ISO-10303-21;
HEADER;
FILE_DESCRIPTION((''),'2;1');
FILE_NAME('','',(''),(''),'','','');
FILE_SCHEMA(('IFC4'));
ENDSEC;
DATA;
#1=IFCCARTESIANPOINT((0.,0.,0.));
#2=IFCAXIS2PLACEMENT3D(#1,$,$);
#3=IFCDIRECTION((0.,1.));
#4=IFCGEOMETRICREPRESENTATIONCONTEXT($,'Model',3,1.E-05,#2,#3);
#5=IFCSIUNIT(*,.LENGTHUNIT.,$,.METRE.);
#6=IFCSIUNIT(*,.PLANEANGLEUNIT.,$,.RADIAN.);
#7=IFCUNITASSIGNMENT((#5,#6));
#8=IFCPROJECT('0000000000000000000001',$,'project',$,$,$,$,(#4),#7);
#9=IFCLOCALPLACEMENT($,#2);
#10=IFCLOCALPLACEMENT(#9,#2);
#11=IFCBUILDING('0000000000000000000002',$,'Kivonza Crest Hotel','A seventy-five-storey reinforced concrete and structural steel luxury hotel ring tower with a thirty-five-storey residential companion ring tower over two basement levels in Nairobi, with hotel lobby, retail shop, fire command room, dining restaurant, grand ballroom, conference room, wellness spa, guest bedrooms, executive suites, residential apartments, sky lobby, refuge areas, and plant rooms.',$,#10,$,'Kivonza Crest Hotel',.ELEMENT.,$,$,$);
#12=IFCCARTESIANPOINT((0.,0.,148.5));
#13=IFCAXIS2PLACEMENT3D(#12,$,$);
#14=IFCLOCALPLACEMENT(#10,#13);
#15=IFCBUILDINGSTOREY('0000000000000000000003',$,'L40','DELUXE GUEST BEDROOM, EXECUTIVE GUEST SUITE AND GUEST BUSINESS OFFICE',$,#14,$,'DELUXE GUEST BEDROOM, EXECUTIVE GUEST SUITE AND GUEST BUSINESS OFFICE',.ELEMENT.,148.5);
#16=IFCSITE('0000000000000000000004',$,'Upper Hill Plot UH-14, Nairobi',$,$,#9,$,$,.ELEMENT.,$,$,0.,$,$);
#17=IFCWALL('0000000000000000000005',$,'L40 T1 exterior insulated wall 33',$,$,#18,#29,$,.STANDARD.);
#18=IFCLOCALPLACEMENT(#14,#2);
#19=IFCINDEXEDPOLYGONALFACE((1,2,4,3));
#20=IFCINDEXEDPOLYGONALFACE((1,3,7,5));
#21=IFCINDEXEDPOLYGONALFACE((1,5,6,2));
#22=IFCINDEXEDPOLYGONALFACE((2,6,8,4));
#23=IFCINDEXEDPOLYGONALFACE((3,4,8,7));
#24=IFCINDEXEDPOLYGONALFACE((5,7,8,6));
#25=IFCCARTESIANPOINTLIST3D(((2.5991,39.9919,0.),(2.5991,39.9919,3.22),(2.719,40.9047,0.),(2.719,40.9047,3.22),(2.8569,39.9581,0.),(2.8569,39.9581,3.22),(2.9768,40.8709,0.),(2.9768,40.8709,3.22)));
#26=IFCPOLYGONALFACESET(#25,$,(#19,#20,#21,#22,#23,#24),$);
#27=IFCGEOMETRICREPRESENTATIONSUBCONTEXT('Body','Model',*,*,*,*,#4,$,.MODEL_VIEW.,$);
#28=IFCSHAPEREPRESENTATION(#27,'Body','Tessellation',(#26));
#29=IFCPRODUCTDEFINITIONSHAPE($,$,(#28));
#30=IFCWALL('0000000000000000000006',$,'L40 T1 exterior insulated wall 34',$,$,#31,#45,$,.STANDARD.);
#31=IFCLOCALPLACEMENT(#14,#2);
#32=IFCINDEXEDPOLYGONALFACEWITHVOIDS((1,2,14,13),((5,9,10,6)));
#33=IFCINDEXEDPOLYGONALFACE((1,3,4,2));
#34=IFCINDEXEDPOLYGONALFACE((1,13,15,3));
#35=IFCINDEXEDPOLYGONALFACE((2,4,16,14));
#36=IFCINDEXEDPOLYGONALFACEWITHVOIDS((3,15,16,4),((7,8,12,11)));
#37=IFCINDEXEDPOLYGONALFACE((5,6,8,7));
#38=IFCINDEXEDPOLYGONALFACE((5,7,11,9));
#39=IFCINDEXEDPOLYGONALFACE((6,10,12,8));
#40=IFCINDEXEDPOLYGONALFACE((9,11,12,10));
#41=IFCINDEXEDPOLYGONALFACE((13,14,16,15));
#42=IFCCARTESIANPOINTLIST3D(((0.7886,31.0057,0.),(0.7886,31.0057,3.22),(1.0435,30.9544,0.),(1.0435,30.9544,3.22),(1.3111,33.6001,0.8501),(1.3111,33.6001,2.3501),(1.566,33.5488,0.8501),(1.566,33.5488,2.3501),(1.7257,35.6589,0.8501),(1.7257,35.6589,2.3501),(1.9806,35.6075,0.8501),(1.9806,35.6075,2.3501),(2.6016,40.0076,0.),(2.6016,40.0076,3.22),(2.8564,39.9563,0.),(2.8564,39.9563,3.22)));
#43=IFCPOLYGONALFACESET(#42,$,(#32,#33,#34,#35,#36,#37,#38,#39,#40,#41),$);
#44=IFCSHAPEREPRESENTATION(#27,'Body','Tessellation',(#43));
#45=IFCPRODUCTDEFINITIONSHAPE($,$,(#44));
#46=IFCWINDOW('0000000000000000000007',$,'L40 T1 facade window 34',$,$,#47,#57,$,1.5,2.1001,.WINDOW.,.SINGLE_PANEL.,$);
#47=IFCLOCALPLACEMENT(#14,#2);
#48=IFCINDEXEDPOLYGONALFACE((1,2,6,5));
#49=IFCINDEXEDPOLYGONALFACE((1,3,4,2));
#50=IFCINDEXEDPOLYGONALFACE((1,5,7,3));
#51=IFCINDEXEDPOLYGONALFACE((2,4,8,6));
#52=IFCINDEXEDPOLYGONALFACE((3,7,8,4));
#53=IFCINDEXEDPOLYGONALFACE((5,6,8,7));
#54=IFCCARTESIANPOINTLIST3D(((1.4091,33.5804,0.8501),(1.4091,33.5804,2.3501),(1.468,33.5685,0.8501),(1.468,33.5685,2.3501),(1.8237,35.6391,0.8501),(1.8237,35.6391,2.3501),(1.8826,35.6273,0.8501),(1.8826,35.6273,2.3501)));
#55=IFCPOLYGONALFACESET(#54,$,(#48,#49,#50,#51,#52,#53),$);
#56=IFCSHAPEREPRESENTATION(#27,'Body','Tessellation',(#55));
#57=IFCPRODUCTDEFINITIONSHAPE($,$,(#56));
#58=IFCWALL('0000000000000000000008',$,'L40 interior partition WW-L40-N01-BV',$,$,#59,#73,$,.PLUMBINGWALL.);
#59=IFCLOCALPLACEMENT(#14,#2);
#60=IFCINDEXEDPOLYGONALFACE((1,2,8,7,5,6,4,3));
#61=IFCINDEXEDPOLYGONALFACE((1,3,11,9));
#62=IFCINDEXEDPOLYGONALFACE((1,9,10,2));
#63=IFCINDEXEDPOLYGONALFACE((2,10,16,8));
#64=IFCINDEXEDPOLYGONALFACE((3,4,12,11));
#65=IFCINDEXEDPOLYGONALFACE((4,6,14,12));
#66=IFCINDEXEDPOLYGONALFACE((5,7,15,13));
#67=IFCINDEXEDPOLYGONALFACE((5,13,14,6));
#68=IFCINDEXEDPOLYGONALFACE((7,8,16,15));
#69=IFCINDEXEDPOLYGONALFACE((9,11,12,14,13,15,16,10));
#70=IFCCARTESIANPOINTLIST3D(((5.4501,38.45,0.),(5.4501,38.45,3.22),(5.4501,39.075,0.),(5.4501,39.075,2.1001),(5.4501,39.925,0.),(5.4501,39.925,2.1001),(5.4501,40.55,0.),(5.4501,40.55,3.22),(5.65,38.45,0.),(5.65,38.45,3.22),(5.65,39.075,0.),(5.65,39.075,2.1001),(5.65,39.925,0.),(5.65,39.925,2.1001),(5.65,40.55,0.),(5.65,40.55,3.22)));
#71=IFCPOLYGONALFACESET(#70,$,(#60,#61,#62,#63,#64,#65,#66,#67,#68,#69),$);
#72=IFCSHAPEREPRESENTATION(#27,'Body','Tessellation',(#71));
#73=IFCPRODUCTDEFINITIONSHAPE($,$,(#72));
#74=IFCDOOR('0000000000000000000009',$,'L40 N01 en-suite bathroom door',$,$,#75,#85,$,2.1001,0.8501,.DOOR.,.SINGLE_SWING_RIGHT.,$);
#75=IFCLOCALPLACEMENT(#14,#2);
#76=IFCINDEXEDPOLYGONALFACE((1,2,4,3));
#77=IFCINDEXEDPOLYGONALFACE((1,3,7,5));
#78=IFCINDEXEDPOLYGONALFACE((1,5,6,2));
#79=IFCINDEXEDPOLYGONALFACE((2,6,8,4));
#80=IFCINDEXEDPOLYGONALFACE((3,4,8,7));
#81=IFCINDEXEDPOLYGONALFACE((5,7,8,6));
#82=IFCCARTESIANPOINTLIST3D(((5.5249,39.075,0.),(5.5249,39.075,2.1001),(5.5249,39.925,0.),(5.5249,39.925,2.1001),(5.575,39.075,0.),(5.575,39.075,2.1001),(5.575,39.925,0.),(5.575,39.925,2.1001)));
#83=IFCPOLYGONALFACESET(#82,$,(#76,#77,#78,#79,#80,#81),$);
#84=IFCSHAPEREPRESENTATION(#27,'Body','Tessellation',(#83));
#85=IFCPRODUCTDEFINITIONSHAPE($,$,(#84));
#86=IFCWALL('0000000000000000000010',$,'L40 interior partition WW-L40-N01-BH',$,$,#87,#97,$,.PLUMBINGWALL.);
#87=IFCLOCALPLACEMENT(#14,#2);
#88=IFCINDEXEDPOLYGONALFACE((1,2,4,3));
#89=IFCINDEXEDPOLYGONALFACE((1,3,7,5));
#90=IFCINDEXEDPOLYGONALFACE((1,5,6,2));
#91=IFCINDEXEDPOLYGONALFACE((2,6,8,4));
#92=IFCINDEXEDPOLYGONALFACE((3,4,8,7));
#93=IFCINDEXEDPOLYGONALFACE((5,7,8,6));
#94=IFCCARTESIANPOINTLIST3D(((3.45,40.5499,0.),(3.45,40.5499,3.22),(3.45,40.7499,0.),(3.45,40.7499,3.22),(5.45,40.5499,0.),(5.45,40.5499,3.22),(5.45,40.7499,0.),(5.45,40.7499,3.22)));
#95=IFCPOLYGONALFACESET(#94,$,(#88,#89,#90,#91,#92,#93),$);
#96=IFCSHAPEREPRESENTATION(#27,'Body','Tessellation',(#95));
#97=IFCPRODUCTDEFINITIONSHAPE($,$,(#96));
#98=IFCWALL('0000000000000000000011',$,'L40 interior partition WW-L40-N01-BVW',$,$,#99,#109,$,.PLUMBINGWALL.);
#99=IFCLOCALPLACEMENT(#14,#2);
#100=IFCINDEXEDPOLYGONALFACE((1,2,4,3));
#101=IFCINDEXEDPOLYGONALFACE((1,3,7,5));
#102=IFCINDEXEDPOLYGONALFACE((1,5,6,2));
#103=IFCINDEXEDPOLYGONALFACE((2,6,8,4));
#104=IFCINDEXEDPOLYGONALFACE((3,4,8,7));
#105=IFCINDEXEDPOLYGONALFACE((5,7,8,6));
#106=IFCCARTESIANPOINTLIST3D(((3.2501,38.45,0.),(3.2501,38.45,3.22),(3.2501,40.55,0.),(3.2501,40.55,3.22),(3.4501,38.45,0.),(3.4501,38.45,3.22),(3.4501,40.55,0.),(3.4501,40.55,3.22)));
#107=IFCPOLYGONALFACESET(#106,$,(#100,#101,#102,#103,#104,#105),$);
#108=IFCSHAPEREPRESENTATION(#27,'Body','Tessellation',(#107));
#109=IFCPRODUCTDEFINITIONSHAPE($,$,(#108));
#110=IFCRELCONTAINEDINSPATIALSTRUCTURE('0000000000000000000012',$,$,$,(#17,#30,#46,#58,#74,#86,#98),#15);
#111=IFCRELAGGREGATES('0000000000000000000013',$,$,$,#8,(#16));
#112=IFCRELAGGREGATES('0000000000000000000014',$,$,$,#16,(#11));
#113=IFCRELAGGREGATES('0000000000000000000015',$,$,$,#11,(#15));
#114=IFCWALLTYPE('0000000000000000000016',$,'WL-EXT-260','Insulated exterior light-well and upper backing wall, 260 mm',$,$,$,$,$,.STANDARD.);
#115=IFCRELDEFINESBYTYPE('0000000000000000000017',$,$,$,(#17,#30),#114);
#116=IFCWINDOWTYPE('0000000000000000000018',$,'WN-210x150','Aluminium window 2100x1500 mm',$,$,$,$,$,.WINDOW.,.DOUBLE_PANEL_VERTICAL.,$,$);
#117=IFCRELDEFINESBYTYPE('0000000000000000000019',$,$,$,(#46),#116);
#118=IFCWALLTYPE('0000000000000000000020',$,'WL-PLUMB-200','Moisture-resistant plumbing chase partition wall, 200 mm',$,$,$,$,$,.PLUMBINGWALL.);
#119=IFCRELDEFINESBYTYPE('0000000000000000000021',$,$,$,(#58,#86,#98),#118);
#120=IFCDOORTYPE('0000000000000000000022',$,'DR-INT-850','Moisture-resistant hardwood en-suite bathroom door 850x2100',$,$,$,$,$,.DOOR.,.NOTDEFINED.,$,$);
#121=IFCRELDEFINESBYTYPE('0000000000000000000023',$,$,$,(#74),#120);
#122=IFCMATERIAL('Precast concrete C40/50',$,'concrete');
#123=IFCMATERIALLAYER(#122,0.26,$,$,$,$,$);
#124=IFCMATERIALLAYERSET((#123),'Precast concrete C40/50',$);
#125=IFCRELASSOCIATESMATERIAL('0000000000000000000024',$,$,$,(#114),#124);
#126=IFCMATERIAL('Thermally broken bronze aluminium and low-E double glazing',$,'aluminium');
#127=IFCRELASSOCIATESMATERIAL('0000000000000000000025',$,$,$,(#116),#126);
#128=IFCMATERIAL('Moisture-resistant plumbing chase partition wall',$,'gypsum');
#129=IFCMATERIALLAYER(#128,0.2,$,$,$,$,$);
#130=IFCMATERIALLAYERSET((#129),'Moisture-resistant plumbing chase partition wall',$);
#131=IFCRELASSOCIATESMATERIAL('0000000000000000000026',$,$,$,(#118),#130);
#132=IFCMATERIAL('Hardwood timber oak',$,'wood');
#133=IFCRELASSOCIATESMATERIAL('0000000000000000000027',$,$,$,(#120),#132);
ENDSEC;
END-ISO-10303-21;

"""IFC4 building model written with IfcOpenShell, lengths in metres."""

from ifc_helpers import new_model, si_unit, direction, frame, frame_2d, origin, place, context, subcontext, project, spatial, rectangle, extrude, material, layer, layer_set, type_object, element, fill, save


model = new_model("IFC4")

# Units and contexts
model_context = context("Model", 3, precision=1e-05, world=origin(), true_north=direction((0.0, 1.0)))
body_context = subcontext(model_context, "Body", "Model", "MODEL_VIEW")
ifc_project = project(units=[si_unit("LENGTHUNIT", "METRE"), si_unit("PLANEANGLEUNIT", "RADIAN")], contexts=[model_context])

# Site, building, storey
site_placement = place(None, origin())
site = spatial("IfcSite", under=ifc_project, at=site_placement, Name="Upper Hill Plot UH-14, Nairobi", CompositionType="ELEMENT", RefElevation=0.0)
building_placement = place(site_placement, origin())
building = spatial("IfcBuilding", under=site, at=building_placement, Name="Kivonza Crest Hotel", Description="A seventy-five-storey reinforced concrete and structural steel luxury hotel ring tower with a thirty-five-storey residential companion ring tower over two basement levels in Nairobi, with hotel lobby, retail shop, fire command room, dining restaurant, grand ballroom, conference room, wellness spa, guest bedrooms, executive suites, residential apartments, sky lobby, refuge areas, and plant rooms.", LongName="Kivonza Crest Hotel", CompositionType="ELEMENT")
storey_placement = place(building_placement, frame((0.0, 0.0, 148.5)))
storey = spatial("IfcBuildingStorey", under=building, at=storey_placement, Name="L40", Description="DELUXE GUEST BEDROOM, EXECUTIVE GUEST SUITE AND GUEST BUSINESS OFFICE", LongName="DELUXE GUEST BEDROOM, EXECUTIVE GUEST SUITE AND GUEST BUSINESS OFFICE", CompositionType="ELEMENT", Elevation=148.5)

# Shared definitions
ifc_material_1 = material(Name="Hardwood timber oak", Category="wood")

# Wall
ifc_material_2 = material(Name="Precast concrete C40/50", Category="concrete")
ifc_layer_1 = layer(ifc_material_2, 0.26)
ifc_layer_set_1 = layer_set([ifc_layer_1], Name="Precast concrete C40/50")
wall_type_1 = type_object("IfcWallType", Name="WL-EXT-260", Description="Insulated exterior light-well and upper backing wall, 260 mm", PredefinedType="STANDARD", material=ifc_layer_set_1)
wall_1_placement = place(storey_placement, frame((2.8479, 40.8879, 0.0), z_axis=(0.0, 0.0, 1.0), x_axis=(-0.130201, -0.991488, 0.0)))
element("IfcWall", 1, at=wall_1_placement, inside=storey, type_object=wall_type_1, Name="L40 T1 exterior insulated wall 33", PredefinedType="STANDARD", context=body_context, shape_type="SweptSolid", body=[
    extrude(rectangle(XDim=0.9207, YDim=0.26, at=frame_2d((0.4604, 0.0))), origin(), (0.0, 0.0, 1.0), 3.22),
])

# Wall, opening, window
wall_2_placement = place(storey_placement, frame((2.729, 39.9819, 0.0), z_axis=(0.0, 0.0, 1.0), x_axis=(-0.197435, -0.980316, 0.0)))
wall_2 = element("IfcWall", 2, at=wall_2_placement, inside=storey, type_object=wall_type_1, Name="L40 T1 exterior insulated wall 34", PredefinedType="STANDARD", context=body_context, shape_type="SweptSolid", body=[
    extrude(rectangle(XDim=9.1826, YDim=0.26, at=frame_2d((4.5913, 0.0))), origin(), (0.0, 0.0, 1.0), 3.22),
])
opening_1_placement = place(wall_2_placement, frame((4.436, 0.0, 0.8501)))
opening_1 = element("IfcOpeningElement", 3, at=opening_1_placement, cuts=wall_2, PredefinedType="OPENING", context=body_context, shape_type="SweptSolid", body=[
    extrude(rectangle(XDim=2.1001, YDim=1.5, at=frame_2d((1.05, 0.75))), frame((0.0, 0.1401, 0.0), z_axis=(0.0, -1.0, 0.0), x_axis=(1.0, 0.0, 0.0)), (0.0, 0.0, 1.0), 0.28),
])
ifc_material_3 = material(Name="Thermally broken bronze aluminium and low-E double glazing", Category="aluminium")
window_type = type_object("IfcWindowType", Name="WN-210x150", Description="Aluminium window 2100x1500 mm", PartitioningType="DOUBLE_PANEL_VERTICAL", PredefinedType="WINDOW", material=ifc_material_3)
window_placement = place(opening_1_placement, origin())
window = element("IfcWindow", 4, at=window_placement, inside=storey, type_object=window_type, Name="L40 T1 facade window 34", OverallHeight=1.5, OverallWidth=2.1001, PartitioningType="SINGLE_PANEL", PredefinedType="WINDOW", context=body_context, shape_type="SweptSolid", body=[
    extrude(rectangle(XDim=2.1001, YDim=1.5, at=frame_2d((1.05, 0.75))), frame((0.0, 0.03, 0.0), z_axis=(0.0, -1.0, 0.0), x_axis=(1.0, 0.0, 0.0)), (0.0, 0.0, 1.0), 0.0601),
])
fill(opening_1, window)

# Wall, opening, door
ifc_material_4 = material(Name="Moisture-resistant plumbing chase partition wall", Category="gypsum")
ifc_layer_2 = layer(ifc_material_4, 0.2)
ifc_layer_set_2 = layer_set([ifc_layer_2], Name="Moisture-resistant plumbing chase partition wall")
wall_type_2 = type_object("IfcWallType", Name="WL-PLUMB-200", Description="Moisture-resistant plumbing chase partition wall, 200 mm", PredefinedType="PLUMBINGWALL", material=ifc_layer_set_2)
wall_3_placement = place(storey_placement, frame((5.55, 38.45, 0.0), z_axis=(0.0, 0.0, 1.0), x_axis=(0.0, 1.0, 0.0)))
wall_3 = element("IfcWall", 5, at=wall_3_placement, inside=storey, type_object=wall_type_2, Name="L40 interior partition WW-L40-N01-BV", PredefinedType="PLUMBINGWALL", context=body_context, shape_type="SweptSolid", body=[
    extrude(rectangle(XDim=2.1001, YDim=0.2, at=frame_2d((1.05, 0.0))), origin(), (0.0, 0.0, 1.0), 3.22),
])
opening_2_placement = place(wall_3_placement, frame((0.625, 0.0, 0.0)))
opening_2 = element("IfcOpeningElement", 6, at=opening_2_placement, cuts=wall_3, PredefinedType="OPENING", context=body_context, shape_type="SweptSolid", body=[
    extrude(rectangle(XDim=0.8501, YDim=2.1001, at=frame_2d((0.425, 1.05))), frame((0.0, 0.1099, 0.0), z_axis=(0.0, -1.0, 0.0), x_axis=(1.0, 0.0, 0.0)), (0.0, 0.0, 1.0), 0.22),
])
door_type_1 = type_object("IfcDoorType", Name="DR-INT-850", Description="Moisture-resistant hardwood en-suite bathroom door 850x2100", OperationType="NOTDEFINED", PredefinedType="DOOR", material=ifc_material_1)
door_1_placement = place(opening_2_placement, frame((0.8501, 0.0, 0.0), z_axis=(0.0, 0.0, 1.0), x_axis=(-1.0, 0.0, 0.0)))
door_1 = element("IfcDoor", 7, at=door_1_placement, inside=storey, type_object=door_type_1, Name="L40 N01 en-suite bathroom door", OperationType="SINGLE_SWING_RIGHT", OverallHeight=2.1001, OverallWidth=0.8501, PredefinedType="DOOR", context=body_context, shape_type="SweptSolid", body=[
    extrude(rectangle(XDim=0.8501, YDim=2.1001, at=frame_2d((0.425, 1.05))), frame((0.0, 0.0249, 0.0), z_axis=(0.0, -1.0, 0.0), x_axis=(1.0, 0.0, 0.0)), (0.0, 0.0, 1.0), 0.05),
])
fill(opening_2, door_1)

# Walls
wall_4_placement = place(storey_placement, frame((3.45, 40.6499, 0.0), z_axis=(0.0, 0.0, 1.0), x_axis=(1.0, 0.0, 0.0)))
element("IfcWall", 8, at=wall_4_placement, inside=storey, type_object=wall_type_2, Name="L40 interior partition WW-L40-N01-BH", PredefinedType="PLUMBINGWALL", context=body_context, shape_type="SweptSolid", body=[
    extrude(rectangle(XDim=2.0, YDim=0.2, at=frame_2d((1.0, 0.0))), origin(), (0.0, 0.0, 1.0), 3.22),
])
wall_5_placement = place(storey_placement, frame((3.3501, 38.45, 0.0), z_axis=(0.0, 0.0, 1.0), x_axis=(0.0, 1.0, 0.0)))
element("IfcWall", 9, at=wall_5_placement, inside=storey, type_object=wall_type_2, Name="L40 interior partition WW-L40-N01-BVW", PredefinedType="PLUMBINGWALL", context=body_context, shape_type="SweptSolid", body=[
    extrude(rectangle(XDim=2.1001, YDim=0.2, at=frame_2d((1.05, 0.0))), origin(), (0.0, 0.0, 1.0), 3.22),
])

save(model, "model.ifc")
